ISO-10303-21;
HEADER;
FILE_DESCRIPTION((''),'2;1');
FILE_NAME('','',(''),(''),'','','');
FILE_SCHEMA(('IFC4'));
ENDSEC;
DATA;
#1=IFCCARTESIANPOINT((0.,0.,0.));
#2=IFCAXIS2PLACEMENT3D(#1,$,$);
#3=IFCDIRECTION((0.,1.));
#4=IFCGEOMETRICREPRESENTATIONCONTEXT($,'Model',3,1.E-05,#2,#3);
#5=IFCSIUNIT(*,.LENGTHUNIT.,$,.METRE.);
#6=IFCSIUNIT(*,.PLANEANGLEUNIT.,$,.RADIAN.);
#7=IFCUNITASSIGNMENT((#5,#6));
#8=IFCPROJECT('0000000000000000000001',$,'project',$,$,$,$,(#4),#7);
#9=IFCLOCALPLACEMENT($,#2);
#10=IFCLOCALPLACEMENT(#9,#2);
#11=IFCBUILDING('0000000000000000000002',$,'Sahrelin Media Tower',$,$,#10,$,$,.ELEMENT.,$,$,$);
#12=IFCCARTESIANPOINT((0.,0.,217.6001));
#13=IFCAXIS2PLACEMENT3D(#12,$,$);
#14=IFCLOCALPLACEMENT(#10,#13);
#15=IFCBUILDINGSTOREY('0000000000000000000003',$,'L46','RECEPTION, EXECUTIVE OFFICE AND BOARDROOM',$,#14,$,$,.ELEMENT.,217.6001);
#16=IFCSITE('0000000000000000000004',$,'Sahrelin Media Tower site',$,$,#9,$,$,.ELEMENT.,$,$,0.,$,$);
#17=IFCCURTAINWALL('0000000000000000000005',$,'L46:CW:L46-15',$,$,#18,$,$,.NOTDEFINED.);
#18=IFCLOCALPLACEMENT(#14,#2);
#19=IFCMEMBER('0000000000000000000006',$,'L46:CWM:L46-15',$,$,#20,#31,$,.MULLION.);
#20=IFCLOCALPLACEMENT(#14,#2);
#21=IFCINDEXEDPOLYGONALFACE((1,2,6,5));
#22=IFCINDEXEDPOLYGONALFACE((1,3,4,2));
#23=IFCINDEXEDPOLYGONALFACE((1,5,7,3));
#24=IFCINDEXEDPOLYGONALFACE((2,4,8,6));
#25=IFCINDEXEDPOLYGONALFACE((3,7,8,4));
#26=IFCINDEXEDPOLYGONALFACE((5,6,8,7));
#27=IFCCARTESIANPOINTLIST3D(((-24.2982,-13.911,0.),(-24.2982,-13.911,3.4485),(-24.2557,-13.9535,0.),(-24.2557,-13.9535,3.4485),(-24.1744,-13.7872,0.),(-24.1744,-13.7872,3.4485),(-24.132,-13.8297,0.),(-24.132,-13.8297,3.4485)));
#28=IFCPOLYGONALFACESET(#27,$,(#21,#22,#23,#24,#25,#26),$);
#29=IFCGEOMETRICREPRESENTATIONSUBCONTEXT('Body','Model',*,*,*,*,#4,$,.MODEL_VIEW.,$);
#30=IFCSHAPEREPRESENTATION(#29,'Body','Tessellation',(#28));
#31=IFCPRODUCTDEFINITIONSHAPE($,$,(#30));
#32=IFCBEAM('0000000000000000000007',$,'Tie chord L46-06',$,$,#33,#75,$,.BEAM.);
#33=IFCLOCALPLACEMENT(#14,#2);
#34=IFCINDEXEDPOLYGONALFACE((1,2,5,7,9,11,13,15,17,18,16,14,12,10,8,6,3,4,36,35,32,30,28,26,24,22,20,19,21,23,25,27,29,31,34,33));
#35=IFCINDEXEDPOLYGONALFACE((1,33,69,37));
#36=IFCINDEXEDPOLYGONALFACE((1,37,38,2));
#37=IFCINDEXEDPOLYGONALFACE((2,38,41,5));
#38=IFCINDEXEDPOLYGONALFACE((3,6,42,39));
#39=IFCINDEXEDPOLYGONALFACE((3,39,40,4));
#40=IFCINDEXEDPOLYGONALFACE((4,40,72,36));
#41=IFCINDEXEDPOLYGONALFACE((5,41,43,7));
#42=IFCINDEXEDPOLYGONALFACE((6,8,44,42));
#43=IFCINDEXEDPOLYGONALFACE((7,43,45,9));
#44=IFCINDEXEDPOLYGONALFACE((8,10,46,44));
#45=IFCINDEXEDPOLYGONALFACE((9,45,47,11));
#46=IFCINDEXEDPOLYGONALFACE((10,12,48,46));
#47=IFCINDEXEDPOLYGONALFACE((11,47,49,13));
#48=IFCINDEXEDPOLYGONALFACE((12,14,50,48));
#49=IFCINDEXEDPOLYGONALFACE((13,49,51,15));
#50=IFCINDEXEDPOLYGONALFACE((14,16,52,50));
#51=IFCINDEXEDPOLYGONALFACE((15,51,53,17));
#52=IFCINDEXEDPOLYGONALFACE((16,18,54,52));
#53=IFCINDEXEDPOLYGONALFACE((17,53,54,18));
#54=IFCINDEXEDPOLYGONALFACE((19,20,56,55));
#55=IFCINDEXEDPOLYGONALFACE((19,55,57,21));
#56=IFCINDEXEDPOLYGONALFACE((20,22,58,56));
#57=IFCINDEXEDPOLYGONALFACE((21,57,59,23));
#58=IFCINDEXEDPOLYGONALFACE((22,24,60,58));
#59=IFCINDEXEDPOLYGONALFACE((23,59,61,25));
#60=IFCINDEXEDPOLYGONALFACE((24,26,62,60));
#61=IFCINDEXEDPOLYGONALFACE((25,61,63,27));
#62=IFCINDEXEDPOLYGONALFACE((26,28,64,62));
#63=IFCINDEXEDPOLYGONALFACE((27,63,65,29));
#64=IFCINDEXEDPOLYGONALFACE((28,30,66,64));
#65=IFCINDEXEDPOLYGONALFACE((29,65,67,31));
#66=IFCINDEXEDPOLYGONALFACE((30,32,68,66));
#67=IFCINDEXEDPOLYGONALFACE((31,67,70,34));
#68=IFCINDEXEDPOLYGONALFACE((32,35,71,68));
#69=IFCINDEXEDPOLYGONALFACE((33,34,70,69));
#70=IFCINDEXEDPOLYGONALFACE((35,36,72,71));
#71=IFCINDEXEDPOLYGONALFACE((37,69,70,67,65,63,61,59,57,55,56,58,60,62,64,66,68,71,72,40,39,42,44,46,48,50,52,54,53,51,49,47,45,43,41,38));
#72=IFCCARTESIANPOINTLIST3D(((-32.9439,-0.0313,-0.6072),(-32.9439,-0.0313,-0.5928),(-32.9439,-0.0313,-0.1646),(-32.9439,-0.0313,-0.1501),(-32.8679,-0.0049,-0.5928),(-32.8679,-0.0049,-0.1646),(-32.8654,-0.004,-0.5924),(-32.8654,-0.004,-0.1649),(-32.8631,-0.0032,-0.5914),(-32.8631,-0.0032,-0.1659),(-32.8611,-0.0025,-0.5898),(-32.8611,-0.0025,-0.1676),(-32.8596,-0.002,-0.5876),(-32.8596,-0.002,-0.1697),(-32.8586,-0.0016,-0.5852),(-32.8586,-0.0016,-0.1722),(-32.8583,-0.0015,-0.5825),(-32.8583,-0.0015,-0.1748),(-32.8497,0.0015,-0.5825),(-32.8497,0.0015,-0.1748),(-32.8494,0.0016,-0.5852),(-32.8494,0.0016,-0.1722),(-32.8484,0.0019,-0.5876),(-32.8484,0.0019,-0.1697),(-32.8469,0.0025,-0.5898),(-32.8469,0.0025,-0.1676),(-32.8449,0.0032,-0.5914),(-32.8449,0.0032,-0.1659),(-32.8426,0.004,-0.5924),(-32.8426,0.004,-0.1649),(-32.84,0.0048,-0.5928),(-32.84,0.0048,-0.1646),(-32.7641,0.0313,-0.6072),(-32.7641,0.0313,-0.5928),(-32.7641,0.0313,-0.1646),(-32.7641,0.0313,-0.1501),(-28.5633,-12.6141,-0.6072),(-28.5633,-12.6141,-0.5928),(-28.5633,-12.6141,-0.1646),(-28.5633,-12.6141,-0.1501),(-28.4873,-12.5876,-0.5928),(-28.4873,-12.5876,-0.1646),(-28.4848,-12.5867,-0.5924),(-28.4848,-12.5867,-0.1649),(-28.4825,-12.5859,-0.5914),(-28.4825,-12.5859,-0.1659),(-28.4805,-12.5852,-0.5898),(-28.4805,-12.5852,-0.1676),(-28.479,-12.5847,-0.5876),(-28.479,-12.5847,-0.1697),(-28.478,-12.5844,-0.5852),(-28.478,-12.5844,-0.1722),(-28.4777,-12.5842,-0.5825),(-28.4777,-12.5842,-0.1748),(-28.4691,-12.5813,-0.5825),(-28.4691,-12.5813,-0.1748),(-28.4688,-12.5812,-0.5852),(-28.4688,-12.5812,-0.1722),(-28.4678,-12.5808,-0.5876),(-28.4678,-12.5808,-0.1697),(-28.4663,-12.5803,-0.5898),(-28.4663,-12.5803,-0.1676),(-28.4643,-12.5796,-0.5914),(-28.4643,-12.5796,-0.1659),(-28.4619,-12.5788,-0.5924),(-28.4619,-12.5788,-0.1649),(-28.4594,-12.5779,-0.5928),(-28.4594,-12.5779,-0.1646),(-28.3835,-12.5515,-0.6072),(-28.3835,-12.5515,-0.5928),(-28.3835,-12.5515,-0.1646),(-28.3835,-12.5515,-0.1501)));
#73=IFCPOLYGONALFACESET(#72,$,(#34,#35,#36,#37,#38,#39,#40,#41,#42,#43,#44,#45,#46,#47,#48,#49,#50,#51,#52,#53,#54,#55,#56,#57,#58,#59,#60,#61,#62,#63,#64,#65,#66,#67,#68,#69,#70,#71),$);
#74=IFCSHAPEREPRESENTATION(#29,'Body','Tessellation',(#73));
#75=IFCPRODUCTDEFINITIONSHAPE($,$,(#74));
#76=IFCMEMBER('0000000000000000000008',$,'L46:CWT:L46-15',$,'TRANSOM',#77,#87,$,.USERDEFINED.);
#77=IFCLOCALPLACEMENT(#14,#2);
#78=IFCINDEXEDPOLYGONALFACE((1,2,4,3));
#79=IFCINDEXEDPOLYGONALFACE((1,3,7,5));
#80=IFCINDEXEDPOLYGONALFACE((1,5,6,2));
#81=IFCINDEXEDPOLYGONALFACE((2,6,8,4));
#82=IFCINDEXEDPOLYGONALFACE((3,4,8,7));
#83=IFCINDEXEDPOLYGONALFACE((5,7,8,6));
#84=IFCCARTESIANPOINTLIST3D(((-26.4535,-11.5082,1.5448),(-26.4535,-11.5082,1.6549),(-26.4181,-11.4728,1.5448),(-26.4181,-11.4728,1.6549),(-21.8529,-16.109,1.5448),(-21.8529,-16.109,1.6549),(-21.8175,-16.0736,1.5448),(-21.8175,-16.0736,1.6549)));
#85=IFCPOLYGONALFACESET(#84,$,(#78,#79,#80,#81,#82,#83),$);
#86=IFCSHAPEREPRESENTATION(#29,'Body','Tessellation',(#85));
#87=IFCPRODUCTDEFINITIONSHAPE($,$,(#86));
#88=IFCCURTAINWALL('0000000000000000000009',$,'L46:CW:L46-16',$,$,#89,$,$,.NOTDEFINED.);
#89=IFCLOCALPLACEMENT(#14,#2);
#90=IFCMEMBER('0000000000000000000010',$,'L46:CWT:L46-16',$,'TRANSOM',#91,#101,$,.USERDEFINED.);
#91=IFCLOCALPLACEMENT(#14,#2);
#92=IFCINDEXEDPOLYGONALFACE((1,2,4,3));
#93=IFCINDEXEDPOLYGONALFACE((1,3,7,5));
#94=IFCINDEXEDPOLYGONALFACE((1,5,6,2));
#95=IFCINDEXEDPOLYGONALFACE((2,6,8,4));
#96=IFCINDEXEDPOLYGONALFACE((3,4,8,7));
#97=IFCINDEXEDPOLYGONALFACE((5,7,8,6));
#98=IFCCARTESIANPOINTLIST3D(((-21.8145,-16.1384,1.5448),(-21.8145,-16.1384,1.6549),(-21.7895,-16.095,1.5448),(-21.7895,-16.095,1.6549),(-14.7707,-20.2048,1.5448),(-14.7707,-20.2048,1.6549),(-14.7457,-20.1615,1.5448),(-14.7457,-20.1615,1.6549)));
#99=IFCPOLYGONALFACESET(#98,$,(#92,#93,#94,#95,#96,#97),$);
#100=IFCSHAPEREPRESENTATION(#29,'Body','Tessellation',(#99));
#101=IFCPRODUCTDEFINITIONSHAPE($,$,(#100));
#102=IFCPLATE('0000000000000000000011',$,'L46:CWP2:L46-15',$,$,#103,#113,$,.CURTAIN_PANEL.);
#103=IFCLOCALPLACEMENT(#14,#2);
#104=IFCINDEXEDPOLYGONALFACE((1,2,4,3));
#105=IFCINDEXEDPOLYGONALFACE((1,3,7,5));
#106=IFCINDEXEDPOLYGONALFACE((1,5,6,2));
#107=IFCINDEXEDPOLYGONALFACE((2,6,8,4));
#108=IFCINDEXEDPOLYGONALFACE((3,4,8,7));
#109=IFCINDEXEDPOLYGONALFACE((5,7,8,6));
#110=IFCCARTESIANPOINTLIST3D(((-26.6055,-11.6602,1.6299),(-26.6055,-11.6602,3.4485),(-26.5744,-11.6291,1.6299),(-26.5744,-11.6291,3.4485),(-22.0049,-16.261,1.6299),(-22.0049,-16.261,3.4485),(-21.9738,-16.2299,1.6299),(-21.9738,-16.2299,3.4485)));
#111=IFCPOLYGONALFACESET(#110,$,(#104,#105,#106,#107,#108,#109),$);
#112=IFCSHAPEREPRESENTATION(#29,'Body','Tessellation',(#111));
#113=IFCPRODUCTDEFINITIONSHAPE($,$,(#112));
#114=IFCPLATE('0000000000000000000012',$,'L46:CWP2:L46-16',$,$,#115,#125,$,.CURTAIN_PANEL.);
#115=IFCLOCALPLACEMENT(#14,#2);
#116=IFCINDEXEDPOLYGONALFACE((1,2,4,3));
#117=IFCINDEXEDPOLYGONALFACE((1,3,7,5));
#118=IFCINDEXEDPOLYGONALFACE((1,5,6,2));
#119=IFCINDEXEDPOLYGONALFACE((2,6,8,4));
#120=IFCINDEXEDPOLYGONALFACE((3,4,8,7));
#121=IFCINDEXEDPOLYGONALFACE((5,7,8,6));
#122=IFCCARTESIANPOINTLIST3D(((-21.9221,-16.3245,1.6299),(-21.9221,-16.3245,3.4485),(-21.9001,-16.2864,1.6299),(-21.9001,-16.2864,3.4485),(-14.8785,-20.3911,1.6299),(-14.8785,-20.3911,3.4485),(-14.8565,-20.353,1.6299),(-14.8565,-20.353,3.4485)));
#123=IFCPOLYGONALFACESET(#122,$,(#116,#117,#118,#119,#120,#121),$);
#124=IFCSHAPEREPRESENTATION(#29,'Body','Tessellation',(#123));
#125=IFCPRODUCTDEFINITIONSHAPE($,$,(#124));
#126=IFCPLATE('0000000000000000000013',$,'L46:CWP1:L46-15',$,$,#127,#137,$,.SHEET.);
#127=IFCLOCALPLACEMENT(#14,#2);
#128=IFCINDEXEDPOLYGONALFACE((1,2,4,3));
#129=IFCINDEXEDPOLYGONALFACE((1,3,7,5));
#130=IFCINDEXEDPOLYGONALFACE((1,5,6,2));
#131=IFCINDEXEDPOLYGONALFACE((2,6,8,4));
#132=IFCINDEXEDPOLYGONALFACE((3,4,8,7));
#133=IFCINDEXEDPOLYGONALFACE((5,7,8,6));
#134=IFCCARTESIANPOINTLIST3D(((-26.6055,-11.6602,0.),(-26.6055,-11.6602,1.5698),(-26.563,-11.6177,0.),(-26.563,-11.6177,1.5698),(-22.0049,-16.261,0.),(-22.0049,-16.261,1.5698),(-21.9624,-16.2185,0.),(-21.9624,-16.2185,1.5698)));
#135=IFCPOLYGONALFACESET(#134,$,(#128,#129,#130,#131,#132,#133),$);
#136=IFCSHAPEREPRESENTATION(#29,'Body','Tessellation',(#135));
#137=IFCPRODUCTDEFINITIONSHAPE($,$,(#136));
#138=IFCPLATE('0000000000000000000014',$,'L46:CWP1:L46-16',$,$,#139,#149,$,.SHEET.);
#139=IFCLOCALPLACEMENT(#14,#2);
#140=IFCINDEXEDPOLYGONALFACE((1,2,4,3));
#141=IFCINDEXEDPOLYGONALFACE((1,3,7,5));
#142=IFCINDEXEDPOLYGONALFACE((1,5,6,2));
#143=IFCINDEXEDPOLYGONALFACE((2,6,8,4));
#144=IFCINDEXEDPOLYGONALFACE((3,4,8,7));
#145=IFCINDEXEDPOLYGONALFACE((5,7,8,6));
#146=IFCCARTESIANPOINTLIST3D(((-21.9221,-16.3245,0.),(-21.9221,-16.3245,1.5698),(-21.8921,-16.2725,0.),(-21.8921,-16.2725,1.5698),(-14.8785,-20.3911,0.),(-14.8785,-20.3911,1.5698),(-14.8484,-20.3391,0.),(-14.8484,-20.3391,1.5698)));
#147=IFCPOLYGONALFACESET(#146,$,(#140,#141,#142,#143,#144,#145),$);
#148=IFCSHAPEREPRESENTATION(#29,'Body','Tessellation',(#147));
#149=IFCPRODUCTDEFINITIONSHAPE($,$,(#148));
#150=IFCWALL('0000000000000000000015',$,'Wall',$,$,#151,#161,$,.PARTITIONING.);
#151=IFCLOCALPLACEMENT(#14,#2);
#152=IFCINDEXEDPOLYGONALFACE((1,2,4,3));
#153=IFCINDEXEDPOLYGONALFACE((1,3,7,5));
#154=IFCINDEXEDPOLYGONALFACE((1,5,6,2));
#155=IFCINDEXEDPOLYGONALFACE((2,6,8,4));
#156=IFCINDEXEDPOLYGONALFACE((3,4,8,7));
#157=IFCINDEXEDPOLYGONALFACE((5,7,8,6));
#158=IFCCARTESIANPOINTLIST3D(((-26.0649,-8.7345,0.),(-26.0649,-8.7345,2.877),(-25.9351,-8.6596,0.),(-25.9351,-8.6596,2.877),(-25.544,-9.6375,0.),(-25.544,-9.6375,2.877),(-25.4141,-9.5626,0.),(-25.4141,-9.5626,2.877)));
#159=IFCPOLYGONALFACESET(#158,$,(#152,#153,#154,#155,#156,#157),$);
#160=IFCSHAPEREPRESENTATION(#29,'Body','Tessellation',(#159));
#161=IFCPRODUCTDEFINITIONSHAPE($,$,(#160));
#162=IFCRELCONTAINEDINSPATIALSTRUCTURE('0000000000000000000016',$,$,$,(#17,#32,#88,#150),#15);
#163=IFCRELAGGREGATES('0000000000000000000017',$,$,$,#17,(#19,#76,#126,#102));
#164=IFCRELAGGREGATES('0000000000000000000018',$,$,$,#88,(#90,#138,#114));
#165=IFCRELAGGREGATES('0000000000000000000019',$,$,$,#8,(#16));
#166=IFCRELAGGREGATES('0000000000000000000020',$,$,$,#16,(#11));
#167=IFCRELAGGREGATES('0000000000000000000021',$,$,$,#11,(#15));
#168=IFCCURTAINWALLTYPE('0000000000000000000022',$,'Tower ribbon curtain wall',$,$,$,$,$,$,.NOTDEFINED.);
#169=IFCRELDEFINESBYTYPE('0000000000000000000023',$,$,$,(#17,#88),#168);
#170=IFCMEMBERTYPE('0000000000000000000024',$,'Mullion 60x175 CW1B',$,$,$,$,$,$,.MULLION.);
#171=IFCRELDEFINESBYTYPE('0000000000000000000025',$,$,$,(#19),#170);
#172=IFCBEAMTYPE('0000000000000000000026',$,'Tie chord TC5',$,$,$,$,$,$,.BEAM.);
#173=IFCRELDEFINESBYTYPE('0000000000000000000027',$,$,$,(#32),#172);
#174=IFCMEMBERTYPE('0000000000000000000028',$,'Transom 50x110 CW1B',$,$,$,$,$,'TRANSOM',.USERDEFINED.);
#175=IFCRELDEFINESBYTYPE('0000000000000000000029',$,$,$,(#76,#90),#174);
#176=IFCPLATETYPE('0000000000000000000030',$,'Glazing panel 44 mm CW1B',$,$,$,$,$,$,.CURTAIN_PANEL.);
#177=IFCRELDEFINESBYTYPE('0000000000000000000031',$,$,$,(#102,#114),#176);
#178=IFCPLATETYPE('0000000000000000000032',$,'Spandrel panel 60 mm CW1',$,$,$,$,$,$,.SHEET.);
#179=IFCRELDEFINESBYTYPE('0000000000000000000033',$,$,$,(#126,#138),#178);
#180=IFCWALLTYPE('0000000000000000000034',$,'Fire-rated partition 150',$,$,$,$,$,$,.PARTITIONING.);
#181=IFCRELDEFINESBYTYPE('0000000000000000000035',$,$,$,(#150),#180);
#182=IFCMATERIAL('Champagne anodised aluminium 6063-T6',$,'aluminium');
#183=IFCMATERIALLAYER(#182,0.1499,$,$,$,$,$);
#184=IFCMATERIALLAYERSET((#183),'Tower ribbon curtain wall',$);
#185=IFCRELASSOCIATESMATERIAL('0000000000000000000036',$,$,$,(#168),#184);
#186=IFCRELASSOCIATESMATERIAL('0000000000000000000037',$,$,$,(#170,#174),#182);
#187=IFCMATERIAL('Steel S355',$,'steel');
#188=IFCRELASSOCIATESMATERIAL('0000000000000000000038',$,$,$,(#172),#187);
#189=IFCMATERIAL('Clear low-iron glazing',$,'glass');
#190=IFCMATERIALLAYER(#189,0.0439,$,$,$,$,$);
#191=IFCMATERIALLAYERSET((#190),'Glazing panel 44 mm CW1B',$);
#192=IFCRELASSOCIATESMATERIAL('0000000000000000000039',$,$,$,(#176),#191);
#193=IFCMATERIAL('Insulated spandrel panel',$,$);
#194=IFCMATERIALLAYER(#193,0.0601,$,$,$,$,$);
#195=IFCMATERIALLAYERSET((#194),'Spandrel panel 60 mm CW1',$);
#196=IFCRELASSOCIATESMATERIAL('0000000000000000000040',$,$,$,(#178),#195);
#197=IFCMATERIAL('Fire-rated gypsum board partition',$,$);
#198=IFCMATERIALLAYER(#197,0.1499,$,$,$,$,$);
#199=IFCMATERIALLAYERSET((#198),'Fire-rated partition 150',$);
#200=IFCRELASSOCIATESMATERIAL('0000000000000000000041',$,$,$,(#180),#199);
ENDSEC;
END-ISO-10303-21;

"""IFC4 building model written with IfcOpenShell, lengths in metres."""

from ifc_helpers import new_model, si_unit, direction, frame, frame_2d, origin, origin_2d, place, context, subcontext, project, spatial, polyline, rectangle, i_section, outline, extrude, material, layer, layer_set, material_profile, profile_set, type_object, element, aggregate, save


model = new_model("IFC4")

# Units and contexts
model_context = context("Model", 3, precision=1e-05, world=origin(), true_north=direction((0.0, 1.0)))
body_context = subcontext(model_context, "Body", "Model", "MODEL_VIEW")
ifc_project = project(units=[si_unit("LENGTHUNIT", "METRE"), si_unit("PLANEANGLEUNIT", "RADIAN")], contexts=[model_context])

# Site, building, storey
site_placement = place(None, origin())
site = spatial("IfcSite", under=ifc_project, at=site_placement, Name="Sahrelin Media Tower site", CompositionType="ELEMENT", RefElevation=0.0)
building_placement = place(site_placement, origin())
building = spatial("IfcBuilding", under=site, at=building_placement, Name="Sahrelin Media Tower", CompositionType="ELEMENT")
storey_placement = place(building_placement, frame((0.0, 0.0, 217.6001)))
storey = spatial("IfcBuildingStorey", under=building, at=storey_placement, Name="L46", Description="RECEPTION, EXECUTIVE OFFICE AND BOARDROOM", CompositionType="ELEMENT", Elevation=217.6001)

# Shared definitions
ifc_material_1 = material(Name="Steel S355", Category="steel")

# Curtain wall, member
ifc_material_2 = material(Name="Champagne anodised aluminium 6063-T6", Category="aluminium")
ifc_layer_1 = layer(ifc_material_2, 0.1499)
ifc_layer_set_1 = layer_set([ifc_layer_1], Name="Tower ribbon curtain wall")
curtain_wall_type = type_object("IfcCurtainWallType", Name="Tower ribbon curtain wall", PredefinedType="NOTDEFINED", material=ifc_layer_set_1)
ifc_material_profile_1 = material_profile(ifc_material_2, rectangle(XDim=0.0601, YDim=0.175, at=origin_2d()), Name="Mullion 60x175")
ifc_profile_set_1 = profile_set([ifc_material_profile_1], Name="Champagne anodised aluminium 6063-T6")
member_type_1 = type_object("IfcMemberType", Name="Mullion 60x175 CW1B", PredefinedType="MULLION", material=ifc_profile_set_1)
curtain_wall_1_placement = place(storey_placement, frame((-24.291, -13.9463, 0.0), z_axis=(0.0, 0.0, 1.0), x_axis=(1.0, 0.0, 0.0)))
curtain_wall_1 = element("IfcCurtainWall", 1, at=curtain_wall_1_placement, inside=storey, type_object=curtain_wall_type, Name="L46:CW:L46-15", PredefinedType="NOTDEFINED")
member_1_placement = place(storey_placement, frame((-24.2151, -13.8704, 0.0), z_axis=(0.0, 0.0, 1.0), x_axis=(0.707107, -0.707107, 0.0)))
member_1 = element("IfcMember", 2, at=member_1_placement, type_object=member_type_1, Name="L46:CWM:L46-15", PredefinedType="MULLION", context=body_context, shape_type="SweptSolid", body=[
    extrude(rectangle(XDim=0.0601, YDim=0.175, at=origin_2d()), origin(), (0.0, 0.0, 1.0), 3.4485),
])

# Beam
ifc_material_profile_2 = material_profile(ifc_material_1, i_section(OverallWidth=0.1904, OverallDepth=0.457, WebThickness=0.009, FlangeThickness=0.0144, FilletRadius=0.0103, at=origin_2d()), Name="UB 457x191x74")
ifc_profile_set_2 = profile_set([ifc_material_profile_2], Name="Steel S355")
beam_type_1 = type_object("IfcBeamType", Name="Tie chord TC5", PredefinedType="BEAM", material=ifc_profile_set_2)
beam_1_placement = place(storey_placement, frame((-28.4734, -12.5828, -0.3787), z_axis=(-0.328789, 0.944404, 0.0), x_axis=(-0.944404, -0.328789, 0.0)))
element("IfcBeam", 3, at=beam_1_placement, inside=storey, type_object=beam_type_1, Name="Tie chord L46-06", PredefinedType="BEAM", context=body_context, shape_type="SweptSolid", body=[
    extrude(i_section(OverallWidth=0.1904, OverallDepth=0.457, WebThickness=0.009, FlangeThickness=0.0144, FilletRadius=0.0103, at=origin_2d()), origin(), (0.0, 0.0, 1.0), 13.3235),
])

# Member
ifc_material_profile_3 = material_profile(ifc_material_2, rectangle(XDim=0.05, YDim=0.1101, at=origin_2d()), Name="Transom 50x110")
ifc_profile_set_3 = profile_set([ifc_material_profile_3], Name="Champagne anodised aluminium 6063-T6")
member_type_2 = type_object("IfcMemberType", Name="Transom 50x110 CW1B", ElementType="TRANSOM", PredefinedType="USERDEFINED", material=ifc_profile_set_3)
member_2_placement = place(storey_placement, frame((-26.4358, -11.4905, 1.5999), z_axis=(0.707088, -0.707126, 0.0), x_axis=(0.707126, 0.707088, 0.0)))
member_2 = element("IfcMember", 4, at=member_2_placement, type_object=member_type_2, Name="L46:CWT:L46-15", ObjectType="TRANSOM", PredefinedType="USERDEFINED", context=body_context, shape_type="SweptSolid", body=[
    extrude(rectangle(XDim=0.05, YDim=0.1101, at=origin_2d()), origin(), (0.0, 0.0, 1.0), 6.5063),
])

# Curtain wall, member
curtain_wall_2_placement = place(storey_placement, frame((-18.3901, -18.3403, 0.0), z_axis=(0.0, 0.0, 1.0), x_axis=(1.0, 0.0, 0.0)))
curtain_wall_2 = element("IfcCurtainWall", 5, at=curtain_wall_2_placement, inside=storey, type_object=curtain_wall_type, Name="L46:CW:L46-16", PredefinedType="NOTDEFINED")
member_3_placement = place(storey_placement, frame((-21.802, -16.1167, 1.5999), z_axis=(0.86604, -0.499975, 0.0), x_axis=(0.499975, 0.86604, 0.0)))
member_3 = element("IfcMember", 6, at=member_3_placement, type_object=member_type_2, Name="L46:CWT:L46-16", ObjectType="TRANSOM", PredefinedType="USERDEFINED", context=body_context, shape_type="SweptSolid", body=[
    extrude(rectangle(XDim=0.05, YDim=0.1101, at=origin_2d()), origin(), (0.0, 0.0, 1.0), 8.1333),
])

# Plates
ifc_material_3 = material(Name="Clear low-iron glazing", Category="glass")
ifc_layer_2 = layer(ifc_material_3, 0.0439)
ifc_layer_set_2 = layer_set([ifc_layer_2], Name="Glazing panel 44 mm CW1B")
plate_type_1 = type_object("IfcPlateType", Name="Glazing panel 44 mm CW1B", PredefinedType="CURTAIN_PANEL", material=ifc_layer_set_2)
plate_1_placement = place(storey_placement, frame((-26.6055, -11.6602, 1.6299), z_axis=(-0.707126, -0.707088, 0.0), x_axis=(0.707088, -0.707126, 0.0)))
plate_1 = element("IfcPlate", 7, at=plate_1_placement, type_object=plate_type_1, Name="L46:CWP2:L46-15", PredefinedType="CURTAIN_PANEL", context=body_context, shape_type="SweptSolid", body=[
    extrude(outline(polyline([(0.0, 0.0), (6.5063, 0.0), (6.5063, 1.8186), (0.0, 1.8186), (0.0, 0.0)])), origin(), (0.0, 0.0, -1.0), 0.0439),
])
plate_2_placement = place(storey_placement, frame((-21.9221, -16.3245, 1.6299), z_axis=(-0.499997, -0.866027, 0.0), x_axis=(0.866027, -0.499997, 0.0)))
plate_2 = element("IfcPlate", 8, at=plate_2_placement, type_object=plate_type_1, Name="L46:CWP2:L46-16", PredefinedType="CURTAIN_PANEL", context=body_context, shape_type="SweptSolid", body=[
    extrude(outline(polyline([(0.0, 0.0), (8.1333, 0.0), (8.1333, 1.8186), (0.0, 1.8186), (0.0, 0.0)])), origin(), (0.0, 0.0, -1.0), 0.0439),
])
ifc_material_4 = material(Name="Insulated spandrel panel")
ifc_layer_3 = layer(ifc_material_4, 0.0601)
ifc_layer_set_3 = layer_set([ifc_layer_3], Name="Spandrel panel 60 mm CW1")
plate_type_2 = type_object("IfcPlateType", Name="Spandrel panel 60 mm CW1", PredefinedType="SHEET", material=ifc_layer_set_3)
plate_3_placement = place(storey_placement, frame((-26.6055, -11.6602, 0.0), z_axis=(-0.707126, -0.707088, 0.0), x_axis=(0.707088, -0.707126, 0.0)))
plate_3 = element("IfcPlate", 9, at=plate_3_placement, type_object=plate_type_2, Name="L46:CWP1:L46-15", PredefinedType="SHEET", context=body_context, shape_type="SweptSolid", body=[
    extrude(outline(polyline([(0.0, 0.0), (6.5063, 0.0), (6.5063, 1.5698), (0.0, 1.5698), (0.0, 0.0)])), origin(), (0.0, 0.0, -1.0), 0.0601),
])
aggregate(curtain_wall_1, [member_1, member_2, plate_3, plate_1])
plate_4_placement = place(storey_placement, frame((-21.9221, -16.3245, 0.0), z_axis=(-0.499997, -0.866027, 0.0), x_axis=(0.866027, -0.499997, 0.0)))
plate_4 = element("IfcPlate", 10, at=plate_4_placement, type_object=plate_type_2, Name="L46:CWP1:L46-16", PredefinedType="SHEET", context=body_context, shape_type="SweptSolid", body=[
    extrude(outline(polyline([(0.0, 0.0), (8.1333, 0.0), (8.1333, 1.5698), (0.0, 1.5698), (0.0, 0.0)])), origin(), (0.0, 0.0, -1.0), 0.0601),
])
aggregate(curtain_wall_2, [member_3, plate_4, plate_2])

# Wall
ifc_material_5 = material(Name="Fire-rated gypsum board partition")
ifc_layer_4 = layer(ifc_material_5, 0.1499)
ifc_layer_set_4 = layer_set([ifc_layer_4], Name="Fire-rated partition 150")
wall_type_1 = type_object("IfcWallType", Name="Fire-rated partition 150", PredefinedType="PARTITIONING", material=ifc_layer_set_4)
wall_1_placement = place(storey_placement, frame((-26.0, -8.697, 0.0), z_axis=(0.0, 0.0, 1.0), x_axis=(0.499716, -0.866189, 0.0)))
element("IfcWall", 11, at=wall_1_placement, inside=storey, type_object=wall_type_1, Name="Wall", PredefinedType="PARTITIONING", context=body_context, shape_type="SweptSolid", body=[
    extrude(rectangle(XDim=1.0425, YDim=0.1499, at=frame_2d((0.5212, 0.0))), origin(), (0.0, 0.0, 1.0), 2.877),
])

save(model, "model.ifc")
